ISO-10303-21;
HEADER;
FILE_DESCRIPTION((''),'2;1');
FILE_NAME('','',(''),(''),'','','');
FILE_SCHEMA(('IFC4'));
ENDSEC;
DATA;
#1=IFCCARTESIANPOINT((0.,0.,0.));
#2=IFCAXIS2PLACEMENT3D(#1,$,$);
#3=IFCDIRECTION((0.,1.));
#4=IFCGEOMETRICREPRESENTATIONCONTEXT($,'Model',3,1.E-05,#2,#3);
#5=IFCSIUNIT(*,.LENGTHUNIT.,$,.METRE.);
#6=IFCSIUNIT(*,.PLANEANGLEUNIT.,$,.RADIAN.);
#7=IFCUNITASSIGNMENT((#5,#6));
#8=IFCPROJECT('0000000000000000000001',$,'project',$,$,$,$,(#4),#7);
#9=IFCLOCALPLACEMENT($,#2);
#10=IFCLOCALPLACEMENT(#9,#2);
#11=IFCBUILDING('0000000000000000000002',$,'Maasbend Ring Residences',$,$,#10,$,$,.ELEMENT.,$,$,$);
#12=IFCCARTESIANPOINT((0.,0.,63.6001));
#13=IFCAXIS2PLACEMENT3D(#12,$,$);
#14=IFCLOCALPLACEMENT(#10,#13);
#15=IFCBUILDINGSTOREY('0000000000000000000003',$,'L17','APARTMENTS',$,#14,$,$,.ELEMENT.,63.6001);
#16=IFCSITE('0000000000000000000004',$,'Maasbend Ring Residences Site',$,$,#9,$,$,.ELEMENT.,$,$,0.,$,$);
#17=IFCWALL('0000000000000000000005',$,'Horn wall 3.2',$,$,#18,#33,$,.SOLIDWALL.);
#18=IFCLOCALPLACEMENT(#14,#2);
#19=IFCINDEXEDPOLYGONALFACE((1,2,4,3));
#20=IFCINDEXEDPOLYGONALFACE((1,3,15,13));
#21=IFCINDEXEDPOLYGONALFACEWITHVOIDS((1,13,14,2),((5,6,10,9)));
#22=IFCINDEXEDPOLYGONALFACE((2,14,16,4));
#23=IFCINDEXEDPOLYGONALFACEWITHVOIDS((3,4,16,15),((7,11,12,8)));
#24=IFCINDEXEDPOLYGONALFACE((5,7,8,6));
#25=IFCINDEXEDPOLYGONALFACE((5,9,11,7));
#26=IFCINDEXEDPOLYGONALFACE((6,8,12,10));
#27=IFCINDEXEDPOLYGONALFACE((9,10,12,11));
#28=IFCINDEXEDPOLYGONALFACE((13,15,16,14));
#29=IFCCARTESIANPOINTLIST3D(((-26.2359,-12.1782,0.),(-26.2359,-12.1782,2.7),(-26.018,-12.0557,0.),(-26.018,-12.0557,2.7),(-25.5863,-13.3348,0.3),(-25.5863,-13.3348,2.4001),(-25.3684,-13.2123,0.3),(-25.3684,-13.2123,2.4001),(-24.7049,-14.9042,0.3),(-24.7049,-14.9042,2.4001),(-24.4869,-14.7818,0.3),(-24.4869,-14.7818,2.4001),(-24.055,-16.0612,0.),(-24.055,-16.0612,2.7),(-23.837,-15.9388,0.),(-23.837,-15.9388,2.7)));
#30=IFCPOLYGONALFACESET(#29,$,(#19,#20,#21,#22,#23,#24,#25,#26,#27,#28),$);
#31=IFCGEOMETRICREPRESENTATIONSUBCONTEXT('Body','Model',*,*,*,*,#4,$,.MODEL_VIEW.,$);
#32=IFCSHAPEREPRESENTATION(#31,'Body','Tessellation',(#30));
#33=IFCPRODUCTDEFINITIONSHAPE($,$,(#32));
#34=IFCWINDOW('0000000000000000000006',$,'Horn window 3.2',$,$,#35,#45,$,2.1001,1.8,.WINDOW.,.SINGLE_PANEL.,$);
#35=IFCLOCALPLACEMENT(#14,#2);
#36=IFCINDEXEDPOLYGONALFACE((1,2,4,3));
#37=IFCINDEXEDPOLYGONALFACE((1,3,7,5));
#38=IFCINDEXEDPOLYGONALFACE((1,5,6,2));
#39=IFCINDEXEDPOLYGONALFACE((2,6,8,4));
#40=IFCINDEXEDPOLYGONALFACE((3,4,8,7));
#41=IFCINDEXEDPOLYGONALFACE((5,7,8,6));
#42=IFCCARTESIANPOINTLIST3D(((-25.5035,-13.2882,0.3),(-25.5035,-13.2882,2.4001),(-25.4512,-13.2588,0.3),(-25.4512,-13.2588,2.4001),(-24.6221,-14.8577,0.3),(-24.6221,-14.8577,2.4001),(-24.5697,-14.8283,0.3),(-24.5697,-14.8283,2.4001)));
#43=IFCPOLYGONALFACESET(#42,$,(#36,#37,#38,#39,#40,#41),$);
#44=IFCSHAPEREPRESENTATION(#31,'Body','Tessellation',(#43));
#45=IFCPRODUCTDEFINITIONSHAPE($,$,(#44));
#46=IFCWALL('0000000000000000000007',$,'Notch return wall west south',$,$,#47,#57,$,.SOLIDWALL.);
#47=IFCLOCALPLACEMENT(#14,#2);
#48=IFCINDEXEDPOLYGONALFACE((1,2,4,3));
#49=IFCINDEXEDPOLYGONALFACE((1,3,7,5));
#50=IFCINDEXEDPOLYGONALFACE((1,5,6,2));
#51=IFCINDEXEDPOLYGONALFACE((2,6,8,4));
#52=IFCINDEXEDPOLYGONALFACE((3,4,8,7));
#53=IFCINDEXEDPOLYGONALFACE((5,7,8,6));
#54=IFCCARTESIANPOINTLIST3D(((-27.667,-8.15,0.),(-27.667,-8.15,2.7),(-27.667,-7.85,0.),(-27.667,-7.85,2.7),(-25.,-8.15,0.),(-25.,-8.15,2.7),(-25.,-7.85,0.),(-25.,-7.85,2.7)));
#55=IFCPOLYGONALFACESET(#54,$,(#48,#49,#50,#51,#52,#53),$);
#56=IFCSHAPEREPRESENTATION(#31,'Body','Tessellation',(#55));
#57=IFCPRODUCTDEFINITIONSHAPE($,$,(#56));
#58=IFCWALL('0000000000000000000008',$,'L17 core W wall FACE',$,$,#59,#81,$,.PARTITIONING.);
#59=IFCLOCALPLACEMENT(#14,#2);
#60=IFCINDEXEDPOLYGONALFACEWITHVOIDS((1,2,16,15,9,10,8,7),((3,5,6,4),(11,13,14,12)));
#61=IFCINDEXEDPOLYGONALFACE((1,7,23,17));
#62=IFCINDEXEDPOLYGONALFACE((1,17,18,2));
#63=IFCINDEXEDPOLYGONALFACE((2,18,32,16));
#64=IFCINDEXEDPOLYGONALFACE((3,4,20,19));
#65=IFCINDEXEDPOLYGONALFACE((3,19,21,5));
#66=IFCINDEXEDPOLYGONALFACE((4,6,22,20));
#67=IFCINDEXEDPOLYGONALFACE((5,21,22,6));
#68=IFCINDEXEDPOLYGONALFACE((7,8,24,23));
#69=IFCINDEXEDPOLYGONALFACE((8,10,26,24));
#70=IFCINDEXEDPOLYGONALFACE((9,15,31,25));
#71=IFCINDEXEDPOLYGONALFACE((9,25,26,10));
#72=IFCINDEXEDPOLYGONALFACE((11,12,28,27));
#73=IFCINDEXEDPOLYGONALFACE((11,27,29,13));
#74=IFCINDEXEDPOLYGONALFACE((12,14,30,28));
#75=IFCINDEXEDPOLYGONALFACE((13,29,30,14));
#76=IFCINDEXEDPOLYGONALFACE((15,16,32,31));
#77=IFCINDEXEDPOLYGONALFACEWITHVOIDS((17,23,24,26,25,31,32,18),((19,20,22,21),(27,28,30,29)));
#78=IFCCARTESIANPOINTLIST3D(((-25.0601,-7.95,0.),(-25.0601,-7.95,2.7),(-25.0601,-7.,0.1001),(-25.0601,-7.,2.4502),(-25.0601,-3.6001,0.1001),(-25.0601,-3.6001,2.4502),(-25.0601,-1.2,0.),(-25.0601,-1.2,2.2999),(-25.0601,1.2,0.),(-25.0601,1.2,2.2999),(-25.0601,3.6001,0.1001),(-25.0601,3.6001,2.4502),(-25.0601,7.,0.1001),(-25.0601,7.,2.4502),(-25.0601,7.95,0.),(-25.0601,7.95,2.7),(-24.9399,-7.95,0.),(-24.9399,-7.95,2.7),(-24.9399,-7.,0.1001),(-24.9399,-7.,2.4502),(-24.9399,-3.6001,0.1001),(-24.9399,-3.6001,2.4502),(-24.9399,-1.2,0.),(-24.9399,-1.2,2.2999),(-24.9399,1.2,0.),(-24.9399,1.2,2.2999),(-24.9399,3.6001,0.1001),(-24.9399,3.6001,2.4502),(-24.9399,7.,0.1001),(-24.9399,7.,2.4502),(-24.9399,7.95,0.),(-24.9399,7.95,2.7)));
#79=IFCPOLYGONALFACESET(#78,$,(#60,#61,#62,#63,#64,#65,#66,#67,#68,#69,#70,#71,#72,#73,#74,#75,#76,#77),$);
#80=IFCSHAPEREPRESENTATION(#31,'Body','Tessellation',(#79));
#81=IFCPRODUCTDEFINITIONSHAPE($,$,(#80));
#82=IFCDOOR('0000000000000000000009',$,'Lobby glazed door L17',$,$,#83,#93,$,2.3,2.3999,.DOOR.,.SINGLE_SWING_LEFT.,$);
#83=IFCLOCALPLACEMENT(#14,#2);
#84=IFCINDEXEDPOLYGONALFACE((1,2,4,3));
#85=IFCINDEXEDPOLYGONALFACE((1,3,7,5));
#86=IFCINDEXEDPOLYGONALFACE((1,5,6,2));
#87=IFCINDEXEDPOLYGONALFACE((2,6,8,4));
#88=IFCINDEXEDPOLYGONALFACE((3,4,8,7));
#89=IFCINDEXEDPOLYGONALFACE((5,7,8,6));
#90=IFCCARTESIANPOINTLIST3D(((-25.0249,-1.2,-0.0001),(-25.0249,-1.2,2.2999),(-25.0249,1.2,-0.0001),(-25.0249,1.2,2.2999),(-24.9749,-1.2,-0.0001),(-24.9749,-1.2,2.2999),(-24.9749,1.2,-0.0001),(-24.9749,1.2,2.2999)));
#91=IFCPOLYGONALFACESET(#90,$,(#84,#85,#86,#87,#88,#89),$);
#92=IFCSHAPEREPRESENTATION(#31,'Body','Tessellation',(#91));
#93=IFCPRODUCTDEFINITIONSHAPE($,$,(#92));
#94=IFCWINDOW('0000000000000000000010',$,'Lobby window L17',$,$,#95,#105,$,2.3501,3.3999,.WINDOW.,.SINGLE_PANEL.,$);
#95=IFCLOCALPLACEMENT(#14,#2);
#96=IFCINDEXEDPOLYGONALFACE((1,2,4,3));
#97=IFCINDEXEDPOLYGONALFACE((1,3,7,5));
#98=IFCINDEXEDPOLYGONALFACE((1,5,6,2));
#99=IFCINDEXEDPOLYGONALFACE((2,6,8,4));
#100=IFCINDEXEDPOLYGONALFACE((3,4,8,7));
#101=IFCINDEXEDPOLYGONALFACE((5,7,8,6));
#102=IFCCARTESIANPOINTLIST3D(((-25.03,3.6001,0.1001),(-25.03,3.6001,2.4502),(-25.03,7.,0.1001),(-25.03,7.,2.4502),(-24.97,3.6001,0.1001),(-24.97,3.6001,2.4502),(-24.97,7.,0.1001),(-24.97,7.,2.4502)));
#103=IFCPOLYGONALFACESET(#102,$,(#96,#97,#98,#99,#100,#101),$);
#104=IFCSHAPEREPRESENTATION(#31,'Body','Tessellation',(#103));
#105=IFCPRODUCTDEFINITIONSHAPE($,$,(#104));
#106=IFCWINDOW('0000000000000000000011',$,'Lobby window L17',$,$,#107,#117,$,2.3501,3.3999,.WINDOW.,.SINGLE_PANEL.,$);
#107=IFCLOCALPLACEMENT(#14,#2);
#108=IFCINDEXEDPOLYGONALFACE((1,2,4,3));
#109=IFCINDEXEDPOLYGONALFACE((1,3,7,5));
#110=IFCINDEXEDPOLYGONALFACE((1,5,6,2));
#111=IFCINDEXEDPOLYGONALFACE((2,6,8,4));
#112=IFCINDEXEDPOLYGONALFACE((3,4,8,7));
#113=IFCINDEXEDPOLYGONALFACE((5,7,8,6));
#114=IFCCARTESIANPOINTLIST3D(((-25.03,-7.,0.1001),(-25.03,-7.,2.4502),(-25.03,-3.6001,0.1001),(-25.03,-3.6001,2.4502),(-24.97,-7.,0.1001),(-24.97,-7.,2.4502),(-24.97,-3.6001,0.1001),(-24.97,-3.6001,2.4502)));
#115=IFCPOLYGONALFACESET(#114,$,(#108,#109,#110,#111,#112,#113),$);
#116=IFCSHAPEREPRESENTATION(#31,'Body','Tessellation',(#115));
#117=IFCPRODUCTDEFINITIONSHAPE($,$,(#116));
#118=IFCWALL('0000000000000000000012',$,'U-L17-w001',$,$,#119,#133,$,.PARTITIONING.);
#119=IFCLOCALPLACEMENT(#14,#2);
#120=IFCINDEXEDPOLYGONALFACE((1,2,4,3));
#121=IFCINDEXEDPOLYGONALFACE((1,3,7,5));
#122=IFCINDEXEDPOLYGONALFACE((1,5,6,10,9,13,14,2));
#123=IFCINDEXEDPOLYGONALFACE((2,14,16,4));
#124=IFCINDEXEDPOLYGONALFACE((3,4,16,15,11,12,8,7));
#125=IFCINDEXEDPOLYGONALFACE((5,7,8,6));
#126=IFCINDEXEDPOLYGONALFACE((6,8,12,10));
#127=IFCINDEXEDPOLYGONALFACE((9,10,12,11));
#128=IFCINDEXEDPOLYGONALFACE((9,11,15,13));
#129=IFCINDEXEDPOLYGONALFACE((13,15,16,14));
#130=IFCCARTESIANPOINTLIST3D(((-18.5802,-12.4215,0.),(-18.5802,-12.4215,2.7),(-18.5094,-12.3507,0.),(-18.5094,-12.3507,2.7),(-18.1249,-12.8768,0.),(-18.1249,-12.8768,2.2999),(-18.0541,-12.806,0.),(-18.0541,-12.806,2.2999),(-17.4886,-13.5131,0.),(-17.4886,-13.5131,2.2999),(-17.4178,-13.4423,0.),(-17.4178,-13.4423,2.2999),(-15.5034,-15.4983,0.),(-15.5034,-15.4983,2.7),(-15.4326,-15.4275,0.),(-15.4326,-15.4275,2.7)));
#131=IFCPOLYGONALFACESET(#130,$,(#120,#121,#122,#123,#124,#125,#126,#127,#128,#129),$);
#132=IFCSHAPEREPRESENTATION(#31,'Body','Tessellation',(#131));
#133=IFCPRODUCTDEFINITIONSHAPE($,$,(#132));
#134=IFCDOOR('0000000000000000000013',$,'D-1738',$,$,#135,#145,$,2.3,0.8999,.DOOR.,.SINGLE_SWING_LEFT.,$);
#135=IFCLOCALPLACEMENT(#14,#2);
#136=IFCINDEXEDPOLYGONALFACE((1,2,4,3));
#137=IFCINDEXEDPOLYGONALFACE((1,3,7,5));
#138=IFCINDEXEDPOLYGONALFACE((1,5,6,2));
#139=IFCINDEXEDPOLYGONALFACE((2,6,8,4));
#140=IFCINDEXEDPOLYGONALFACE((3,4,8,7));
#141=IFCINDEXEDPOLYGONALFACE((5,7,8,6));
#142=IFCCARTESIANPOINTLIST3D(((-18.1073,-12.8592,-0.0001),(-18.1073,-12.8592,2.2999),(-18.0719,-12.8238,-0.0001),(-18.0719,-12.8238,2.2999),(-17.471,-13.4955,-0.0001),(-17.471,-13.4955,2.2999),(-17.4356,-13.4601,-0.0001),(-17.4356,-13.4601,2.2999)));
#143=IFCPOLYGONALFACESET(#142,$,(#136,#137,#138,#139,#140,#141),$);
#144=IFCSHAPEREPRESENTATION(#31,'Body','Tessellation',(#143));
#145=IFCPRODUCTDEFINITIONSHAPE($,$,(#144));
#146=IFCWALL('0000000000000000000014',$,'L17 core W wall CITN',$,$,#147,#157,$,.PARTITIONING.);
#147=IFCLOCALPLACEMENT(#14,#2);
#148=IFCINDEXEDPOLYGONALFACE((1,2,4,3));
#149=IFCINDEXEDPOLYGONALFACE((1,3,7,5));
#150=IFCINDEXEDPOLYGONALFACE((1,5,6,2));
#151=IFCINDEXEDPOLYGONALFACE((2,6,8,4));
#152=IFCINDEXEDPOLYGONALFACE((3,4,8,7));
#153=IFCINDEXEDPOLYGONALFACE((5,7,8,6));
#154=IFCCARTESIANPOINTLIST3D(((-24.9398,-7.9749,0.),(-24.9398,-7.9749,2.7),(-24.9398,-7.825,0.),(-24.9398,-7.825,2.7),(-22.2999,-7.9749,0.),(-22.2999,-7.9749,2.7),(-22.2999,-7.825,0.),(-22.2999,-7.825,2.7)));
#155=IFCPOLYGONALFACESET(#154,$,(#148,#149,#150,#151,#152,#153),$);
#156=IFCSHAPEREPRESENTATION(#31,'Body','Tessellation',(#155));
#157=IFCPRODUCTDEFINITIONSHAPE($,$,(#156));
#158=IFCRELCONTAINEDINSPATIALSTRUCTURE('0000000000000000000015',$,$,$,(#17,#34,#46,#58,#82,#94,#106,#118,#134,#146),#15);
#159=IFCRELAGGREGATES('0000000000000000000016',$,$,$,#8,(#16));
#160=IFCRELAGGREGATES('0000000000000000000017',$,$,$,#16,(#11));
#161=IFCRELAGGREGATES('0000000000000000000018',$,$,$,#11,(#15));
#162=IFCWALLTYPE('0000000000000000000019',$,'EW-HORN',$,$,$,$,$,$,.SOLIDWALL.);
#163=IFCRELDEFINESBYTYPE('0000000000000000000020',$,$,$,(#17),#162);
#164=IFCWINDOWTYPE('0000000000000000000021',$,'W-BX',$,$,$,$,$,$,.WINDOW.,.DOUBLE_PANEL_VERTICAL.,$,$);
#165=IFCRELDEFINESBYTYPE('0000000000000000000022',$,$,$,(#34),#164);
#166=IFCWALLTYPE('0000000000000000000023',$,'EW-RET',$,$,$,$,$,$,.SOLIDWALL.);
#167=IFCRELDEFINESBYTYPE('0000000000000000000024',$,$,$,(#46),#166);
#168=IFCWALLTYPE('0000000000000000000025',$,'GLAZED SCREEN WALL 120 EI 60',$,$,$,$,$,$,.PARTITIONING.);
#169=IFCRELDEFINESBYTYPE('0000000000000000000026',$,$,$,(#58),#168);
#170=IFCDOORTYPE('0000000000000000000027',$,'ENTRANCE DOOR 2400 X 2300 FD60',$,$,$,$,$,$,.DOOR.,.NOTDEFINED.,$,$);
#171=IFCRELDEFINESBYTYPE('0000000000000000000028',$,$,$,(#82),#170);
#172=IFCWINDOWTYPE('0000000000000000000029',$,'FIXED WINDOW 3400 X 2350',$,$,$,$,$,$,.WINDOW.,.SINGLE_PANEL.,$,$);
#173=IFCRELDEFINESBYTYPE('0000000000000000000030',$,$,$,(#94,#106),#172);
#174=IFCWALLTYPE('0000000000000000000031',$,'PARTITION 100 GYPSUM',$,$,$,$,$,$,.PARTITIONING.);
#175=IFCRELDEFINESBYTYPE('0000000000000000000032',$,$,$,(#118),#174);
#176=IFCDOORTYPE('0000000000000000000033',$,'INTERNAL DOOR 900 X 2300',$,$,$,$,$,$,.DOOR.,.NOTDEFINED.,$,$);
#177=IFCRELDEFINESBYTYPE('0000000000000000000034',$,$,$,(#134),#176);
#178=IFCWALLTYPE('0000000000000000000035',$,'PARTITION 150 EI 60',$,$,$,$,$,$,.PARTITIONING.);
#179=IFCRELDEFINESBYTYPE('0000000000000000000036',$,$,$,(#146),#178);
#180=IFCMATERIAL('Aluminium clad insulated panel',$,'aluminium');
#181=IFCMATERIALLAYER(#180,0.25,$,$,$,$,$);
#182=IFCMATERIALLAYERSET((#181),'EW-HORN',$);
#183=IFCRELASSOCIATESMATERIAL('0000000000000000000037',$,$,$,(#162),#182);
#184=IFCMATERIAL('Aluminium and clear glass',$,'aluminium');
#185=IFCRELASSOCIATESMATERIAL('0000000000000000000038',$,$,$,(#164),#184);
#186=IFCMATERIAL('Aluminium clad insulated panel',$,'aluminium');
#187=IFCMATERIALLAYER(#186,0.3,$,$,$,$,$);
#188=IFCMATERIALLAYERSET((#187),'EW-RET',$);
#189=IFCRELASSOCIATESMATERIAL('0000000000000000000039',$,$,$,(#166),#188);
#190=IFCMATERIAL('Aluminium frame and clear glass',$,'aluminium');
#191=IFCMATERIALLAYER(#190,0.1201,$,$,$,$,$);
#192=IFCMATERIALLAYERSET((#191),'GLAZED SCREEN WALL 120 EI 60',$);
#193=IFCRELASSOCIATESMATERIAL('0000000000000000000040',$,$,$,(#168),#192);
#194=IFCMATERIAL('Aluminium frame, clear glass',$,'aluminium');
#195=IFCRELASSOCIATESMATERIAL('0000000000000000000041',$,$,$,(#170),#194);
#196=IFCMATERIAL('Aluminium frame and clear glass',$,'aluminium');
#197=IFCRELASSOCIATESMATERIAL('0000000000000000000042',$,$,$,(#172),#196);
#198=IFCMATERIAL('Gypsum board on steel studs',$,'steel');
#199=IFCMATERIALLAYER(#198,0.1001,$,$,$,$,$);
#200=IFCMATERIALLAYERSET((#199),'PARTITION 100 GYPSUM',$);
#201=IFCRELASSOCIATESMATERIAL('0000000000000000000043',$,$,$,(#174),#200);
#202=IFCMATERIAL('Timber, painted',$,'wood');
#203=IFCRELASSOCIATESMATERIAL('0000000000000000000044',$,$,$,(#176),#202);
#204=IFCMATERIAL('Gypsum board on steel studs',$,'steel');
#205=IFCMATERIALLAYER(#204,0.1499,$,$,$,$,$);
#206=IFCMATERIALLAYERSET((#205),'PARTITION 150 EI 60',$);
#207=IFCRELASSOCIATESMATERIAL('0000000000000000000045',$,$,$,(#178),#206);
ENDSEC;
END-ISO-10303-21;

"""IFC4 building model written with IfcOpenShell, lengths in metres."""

from ifc_helpers import new_model, si_unit, direction, frame, frame_2d, origin, place, context, subcontext, project, spatial, rectangle, extrude, material, layer, layer_set, type_object, element, fill, save


model = new_model("IFC4")

# Units and contexts
model_context = context("Model", 3, precision=1e-05, world=origin(), true_north=direction((0.0, 1.0)))
body_context = subcontext(model_context, "Body", "Model", "MODEL_VIEW")
ifc_project = project(units=[si_unit("LENGTHUNIT", "METRE"), si_unit("PLANEANGLEUNIT", "RADIAN")], contexts=[model_context])

# Site, building, storey
site_placement = place(None, origin())
site = spatial("IfcSite", under=ifc_project, at=site_placement, Name="Maasbend Ring Residences Site", CompositionType="ELEMENT", RefElevation=0.0)
building_placement = place(site_placement, origin())
building = spatial("IfcBuilding", under=site, at=building_placement, Name="Maasbend Ring Residences", CompositionType="ELEMENT")
storey_placement = place(building_placement, frame((0.0, 0.0, 63.6001)))
storey = spatial("IfcBuildingStorey", under=building, at=storey_placement, Name="L17", Description="APARTMENTS", CompositionType="ELEMENT", Elevation=63.6001)

# Wall, opening, window
ifc_material_1 = material(Name="Aluminium clad insulated panel", Category="aluminium")
ifc_layer_1 = layer(ifc_material_1, 0.25)
ifc_layer_set_1 = layer_set([ifc_layer_1], Name="EW-HORN")
wall_type_1 = type_object("IfcWallType", Name="EW-HORN", PredefinedType="SOLIDWALL", material=ifc_layer_set_1)
ifc_material_2 = material(Name="Aluminium and clear glass", Category="aluminium")
window_type_1 = type_object("IfcWindowType", Name="W-BX", PartitioningType="DOUBLE_PANEL_VERTICAL", PredefinedType="WINDOW", material=ifc_material_2)
wall_1_placement = place(storey_placement, frame((-26.127, -12.1169, 0.0), z_axis=(0.0, 0.0, 1.0), x_axis=(0.489696, -0.871893, 0.0)))
wall_1 = element("IfcWall", 1, at=wall_1_placement, inside=storey, type_object=wall_type_1, Name="Horn wall 3.2", PredefinedType="SOLIDWALL", context=body_context, shape_type="SweptSolid", body=[
    extrude(rectangle(XDim=4.4536, YDim=0.25, at=frame_2d((2.2268, 0.0))), origin(), (0.0, 0.0, 1.0), 2.7),
])
opening_1_placement = place(wall_1_placement, frame((1.3267, 0.0, 0.3)))
opening_1 = element("IfcOpeningElement", 2, at=opening_1_placement, cuts=wall_1, PredefinedType="OPENING", context=body_context, shape_type="SweptSolid", body=[
    extrude(rectangle(XDim=1.8, YDim=2.1001, at=frame_2d((0.8999, 1.05))), frame((0.0, 0.135, 0.0), z_axis=(0.0, -1.0, 0.0), x_axis=(1.0, 0.0, 0.0)), (0.0, 0.0, 1.0), 0.27),
])
window_1_placement = place(opening_1_placement, origin())
window_1 = element("IfcWindow", 3, at=window_1_placement, inside=storey, type_object=window_type_1, Name="Horn window 3.2", OverallHeight=2.1001, OverallWidth=1.8, PartitioningType="SINGLE_PANEL", PredefinedType="WINDOW", context=body_context, shape_type="SweptSolid", body=[
    extrude(rectangle(XDim=1.8, YDim=2.1001, at=frame_2d((0.8999, 1.05))), frame((0.0, 0.03, 0.0), z_axis=(0.0, -1.0, 0.0), x_axis=(1.0, 0.0, 0.0)), (0.0, 0.0, 1.0), 0.0601),
])
fill(opening_1, window_1)

# Wall
ifc_material_3 = material(Name="Aluminium clad insulated panel", Category="aluminium")
ifc_layer_2 = layer(ifc_material_3, 0.3)
ifc_layer_set_2 = layer_set([ifc_layer_2], Name="EW-RET")
wall_type_2 = type_object("IfcWallType", Name="EW-RET", PredefinedType="SOLIDWALL", material=ifc_layer_set_2)
wall_2_placement = place(storey_placement, frame((-25.0, -8.0, 0.0), z_axis=(0.0, 0.0, 1.0), x_axis=(-1.0, 0.0, 0.0)))
element("IfcWall", 4, at=wall_2_placement, inside=storey, type_object=wall_type_2, Name="Notch return wall west south", PredefinedType="SOLIDWALL", context=body_context, shape_type="SweptSolid", body=[
    extrude(rectangle(XDim=2.667, YDim=0.3, at=frame_2d((1.3335, 0.0))), origin(), (0.0, 0.0, 1.0), 2.7),
])

# Wall, openings, door, windows
ifc_material_4 = material(Name="Aluminium frame and clear glass", Category="aluminium")
ifc_layer_3 = layer(ifc_material_4, 0.1201)
ifc_layer_set_3 = layer_set([ifc_layer_3], Name="GLAZED SCREEN WALL 120 EI 60")
wall_type_3 = type_object("IfcWallType", Name="GLAZED SCREEN WALL 120 EI 60", PredefinedType="PARTITIONING", material=ifc_layer_set_3)
wall_3_placement = place(storey_placement, frame((-25.0, -7.95, 0.0), z_axis=(0.0, 0.0, 1.0), x_axis=(0.0, 1.0, 0.0)))
wall_3 = element("IfcWall", 5, at=wall_3_placement, inside=storey, type_object=wall_type_3, Name="L17 core W wall FACE", PredefinedType="PARTITIONING", context=body_context, shape_type="SweptSolid", body=[
    extrude(rectangle(XDim=15.8999, YDim=0.1201, at=frame_2d((7.95, 0.0))), origin(), (0.0, 0.0, 1.0), 2.7),
])
opening_2_placement = place(wall_3_placement, frame((6.75, 0.0, 0.0)))
opening_2 = element("IfcOpeningElement", 6, at=opening_2_placement, cuts=wall_3, PredefinedType="OPENING", context=body_context, shape_type="SweptSolid", body=[
    extrude(rectangle(XDim=2.3999, YDim=2.3, at=frame_2d((1.2, 1.1499))), frame((0.0, 0.0701, 0.0), z_axis=(0.0, -1.0, 0.0), x_axis=(1.0, 0.0, 0.0)), (0.0, 0.0, 1.0), 0.1401),
])
opening_3_placement = place(wall_3_placement, frame((11.55, 0.0, 0.1001)))
opening_3 = element("IfcOpeningElement", 7, at=opening_3_placement, cuts=wall_3, PredefinedType="OPENING", context=body_context, shape_type="SweptSolid", body=[
    extrude(rectangle(XDim=3.3999, YDim=2.3501, at=frame_2d((1.7, 1.175))), frame((0.0, 0.0701, 0.0), z_axis=(0.0, -1.0, 0.0), x_axis=(1.0, 0.0, 0.0)), (0.0, 0.0, 1.0), 0.1401),
])
opening_4_placement = place(wall_3_placement, frame((0.95, 0.0, 0.1001)))
opening_4 = element("IfcOpeningElement", 8, at=opening_4_placement, cuts=wall_3, PredefinedType="OPENING", context=body_context, shape_type="SweptSolid", body=[
    extrude(rectangle(XDim=3.3999, YDim=2.3501, at=frame_2d((1.7, 1.175))), frame((0.0, 0.0701, 0.0), z_axis=(0.0, -1.0, 0.0), x_axis=(1.0, 0.0, 0.0)), (0.0, 0.0, 1.0), 0.1401),
])
ifc_material_5 = material(Name="Aluminium frame, clear glass", Category="aluminium")
door_type_1 = type_object("IfcDoorType", Name="ENTRANCE DOOR 2400 X 2300 FD60", OperationType="NOTDEFINED", PredefinedType="DOOR", material=ifc_material_5)
door_1_placement = place(opening_2_placement, origin())
door_1 = element("IfcDoor", 9, at=door_1_placement, inside=storey, type_object=door_type_1, Name="Lobby glazed door L17", OperationType="SINGLE_SWING_LEFT", OverallHeight=2.3, OverallWidth=2.3999, PredefinedType="DOOR", context=body_context, shape_type="SweptSolid", body=[
    extrude(rectangle(XDim=2.3999, YDim=2.3, at=frame_2d((1.2, 1.1499))), frame((0.0, 0.0249, 0.0), z_axis=(0.0, -1.0, 0.0), x_axis=(1.0, 0.0, 0.0)), (0.0, 0.0, 1.0), 0.05),
])
fill(opening_2, door_1)
ifc_material_6 = material(Name="Aluminium frame and clear glass", Category="aluminium")
window_type_2 = type_object("IfcWindowType", Name="FIXED WINDOW 3400 X 2350", PartitioningType="SINGLE_PANEL", PredefinedType="WINDOW", material=ifc_material_6)
window_2_placement = place(opening_3_placement, origin())
window_2 = element("IfcWindow", 10, at=window_2_placement, inside=storey, type_object=window_type_2, Name="Lobby window L17", OverallHeight=2.3501, OverallWidth=3.3999, PartitioningType="SINGLE_PANEL", PredefinedType="WINDOW", context=body_context, shape_type="SweptSolid", body=[
    extrude(rectangle(XDim=3.3999, YDim=2.3501, at=frame_2d((1.7, 1.175))), frame((0.0, 0.03, 0.0), z_axis=(0.0, -1.0, 0.0), x_axis=(1.0, 0.0, 0.0)), (0.0, 0.0, 1.0), 0.0601),
])
fill(opening_3, window_2)
window_3_placement = place(opening_4_placement, origin())
window_3 = element("IfcWindow", 11, at=window_3_placement, inside=storey, type_object=window_type_2, Name="Lobby window L17", OverallHeight=2.3501, OverallWidth=3.3999, PartitioningType="SINGLE_PANEL", PredefinedType="WINDOW", context=body_context, shape_type="SweptSolid", body=[
    extrude(rectangle(XDim=3.3999, YDim=2.3501, at=frame_2d((1.7, 1.175))), frame((0.0, 0.03, 0.0), z_axis=(0.0, -1.0, 0.0), x_axis=(1.0, 0.0, 0.0)), (0.0, 0.0, 1.0), 0.0601),
])
fill(opening_4, window_3)

# Wall, opening, door
ifc_material_7 = material(Name="Gypsum board on steel studs", Category="steel")
ifc_layer_4 = layer(ifc_material_7, 0.1001)
ifc_layer_set_4 = layer_set([ifc_layer_4], Name="PARTITION 100 GYPSUM")
wall_type_4 = type_object("IfcWallType", Name="PARTITION 100 GYPSUM", PredefinedType="PARTITIONING", material=ifc_layer_set_4)
wall_4_placement = place(storey_placement, frame((-18.5449, -12.386, 0.0), z_axis=(0.0, 0.0, 1.0), x_axis=(0.707107, -0.707107, 0.0)))
wall_4 = element("IfcWall", 12, at=wall_4_placement, inside=storey, type_object=wall_type_4, Name="U-L17-w001", PredefinedType="PARTITIONING", context=body_context, shape_type="SweptSolid", body=[
    extrude(rectangle(XDim=4.3513, YDim=0.1001, at=frame_2d((2.1758, 0.0))), origin(), (0.0, 0.0, 1.0), 2.7),
])
opening_5_placement = place(wall_4_placement, frame((0.644, 0.0, 0.0)))
opening_5 = element("IfcOpeningElement", 13, at=opening_5_placement, cuts=wall_4, PredefinedType="OPENING", context=body_context, shape_type="SweptSolid", body=[
    extrude(rectangle(XDim=0.8999, YDim=2.3, at=frame_2d((0.45, 1.1499))), frame((0.0, 0.0601, 0.0), z_axis=(0.0, -1.0, 0.0), x_axis=(1.0, 0.0, 0.0)), (0.0, 0.0, 1.0), 0.1201),
])
ifc_material_8 = material(Name="Timber, painted", Category="wood")
door_type_2 = type_object("IfcDoorType", Name="INTERNAL DOOR 900 X 2300", OperationType="NOTDEFINED", PredefinedType="DOOR", material=ifc_material_8)
door_2_placement = place(opening_5_placement, origin())
door_2 = element("IfcDoor", 14, at=door_2_placement, inside=storey, type_object=door_type_2, Name="D-1738", OperationType="SINGLE_SWING_LEFT", OverallHeight=2.3, OverallWidth=0.8999, PredefinedType="DOOR", context=body_context, shape_type="SweptSolid", body=[
    extrude(rectangle(XDim=0.8999, YDim=2.3, at=frame_2d((0.45, 1.1499))), frame((0.0, 0.0249, 0.0), z_axis=(0.0, -1.0, 0.0), x_axis=(1.0, 0.0, 0.0)), (0.0, 0.0, 1.0), 0.05),
])
fill(opening_5, door_2)

# Wall
ifc_material_9 = material(Name="Gypsum board on steel studs", Category="steel")
ifc_layer_5 = layer(ifc_material_9, 0.1499)
ifc_layer_set_5 = layer_set([ifc_layer_5], Name="PARTITION 150 EI 60")
wall_type_5 = type_object("IfcWallType", Name="PARTITION 150 EI 60", PredefinedType="PARTITIONING", material=ifc_layer_set_5)
wall_5_placement = place(storey_placement, frame((-22.3, -7.8999, 0.0), z_axis=(0.0, 0.0, 1.0), x_axis=(-1.0, 0.0, 0.0)))
element("IfcWall", 15, at=wall_5_placement, inside=storey, type_object=wall_type_5, Name="L17 core W wall CITN", PredefinedType="PARTITIONING", context=body_context, shape_type="SweptSolid", body=[
    extrude(rectangle(XDim=2.6399, YDim=0.1499, at=frame_2d((1.3198, 0.0))), origin(), (0.0, 0.0, 1.0), 2.7),
])

save(model, "model.ifc")
